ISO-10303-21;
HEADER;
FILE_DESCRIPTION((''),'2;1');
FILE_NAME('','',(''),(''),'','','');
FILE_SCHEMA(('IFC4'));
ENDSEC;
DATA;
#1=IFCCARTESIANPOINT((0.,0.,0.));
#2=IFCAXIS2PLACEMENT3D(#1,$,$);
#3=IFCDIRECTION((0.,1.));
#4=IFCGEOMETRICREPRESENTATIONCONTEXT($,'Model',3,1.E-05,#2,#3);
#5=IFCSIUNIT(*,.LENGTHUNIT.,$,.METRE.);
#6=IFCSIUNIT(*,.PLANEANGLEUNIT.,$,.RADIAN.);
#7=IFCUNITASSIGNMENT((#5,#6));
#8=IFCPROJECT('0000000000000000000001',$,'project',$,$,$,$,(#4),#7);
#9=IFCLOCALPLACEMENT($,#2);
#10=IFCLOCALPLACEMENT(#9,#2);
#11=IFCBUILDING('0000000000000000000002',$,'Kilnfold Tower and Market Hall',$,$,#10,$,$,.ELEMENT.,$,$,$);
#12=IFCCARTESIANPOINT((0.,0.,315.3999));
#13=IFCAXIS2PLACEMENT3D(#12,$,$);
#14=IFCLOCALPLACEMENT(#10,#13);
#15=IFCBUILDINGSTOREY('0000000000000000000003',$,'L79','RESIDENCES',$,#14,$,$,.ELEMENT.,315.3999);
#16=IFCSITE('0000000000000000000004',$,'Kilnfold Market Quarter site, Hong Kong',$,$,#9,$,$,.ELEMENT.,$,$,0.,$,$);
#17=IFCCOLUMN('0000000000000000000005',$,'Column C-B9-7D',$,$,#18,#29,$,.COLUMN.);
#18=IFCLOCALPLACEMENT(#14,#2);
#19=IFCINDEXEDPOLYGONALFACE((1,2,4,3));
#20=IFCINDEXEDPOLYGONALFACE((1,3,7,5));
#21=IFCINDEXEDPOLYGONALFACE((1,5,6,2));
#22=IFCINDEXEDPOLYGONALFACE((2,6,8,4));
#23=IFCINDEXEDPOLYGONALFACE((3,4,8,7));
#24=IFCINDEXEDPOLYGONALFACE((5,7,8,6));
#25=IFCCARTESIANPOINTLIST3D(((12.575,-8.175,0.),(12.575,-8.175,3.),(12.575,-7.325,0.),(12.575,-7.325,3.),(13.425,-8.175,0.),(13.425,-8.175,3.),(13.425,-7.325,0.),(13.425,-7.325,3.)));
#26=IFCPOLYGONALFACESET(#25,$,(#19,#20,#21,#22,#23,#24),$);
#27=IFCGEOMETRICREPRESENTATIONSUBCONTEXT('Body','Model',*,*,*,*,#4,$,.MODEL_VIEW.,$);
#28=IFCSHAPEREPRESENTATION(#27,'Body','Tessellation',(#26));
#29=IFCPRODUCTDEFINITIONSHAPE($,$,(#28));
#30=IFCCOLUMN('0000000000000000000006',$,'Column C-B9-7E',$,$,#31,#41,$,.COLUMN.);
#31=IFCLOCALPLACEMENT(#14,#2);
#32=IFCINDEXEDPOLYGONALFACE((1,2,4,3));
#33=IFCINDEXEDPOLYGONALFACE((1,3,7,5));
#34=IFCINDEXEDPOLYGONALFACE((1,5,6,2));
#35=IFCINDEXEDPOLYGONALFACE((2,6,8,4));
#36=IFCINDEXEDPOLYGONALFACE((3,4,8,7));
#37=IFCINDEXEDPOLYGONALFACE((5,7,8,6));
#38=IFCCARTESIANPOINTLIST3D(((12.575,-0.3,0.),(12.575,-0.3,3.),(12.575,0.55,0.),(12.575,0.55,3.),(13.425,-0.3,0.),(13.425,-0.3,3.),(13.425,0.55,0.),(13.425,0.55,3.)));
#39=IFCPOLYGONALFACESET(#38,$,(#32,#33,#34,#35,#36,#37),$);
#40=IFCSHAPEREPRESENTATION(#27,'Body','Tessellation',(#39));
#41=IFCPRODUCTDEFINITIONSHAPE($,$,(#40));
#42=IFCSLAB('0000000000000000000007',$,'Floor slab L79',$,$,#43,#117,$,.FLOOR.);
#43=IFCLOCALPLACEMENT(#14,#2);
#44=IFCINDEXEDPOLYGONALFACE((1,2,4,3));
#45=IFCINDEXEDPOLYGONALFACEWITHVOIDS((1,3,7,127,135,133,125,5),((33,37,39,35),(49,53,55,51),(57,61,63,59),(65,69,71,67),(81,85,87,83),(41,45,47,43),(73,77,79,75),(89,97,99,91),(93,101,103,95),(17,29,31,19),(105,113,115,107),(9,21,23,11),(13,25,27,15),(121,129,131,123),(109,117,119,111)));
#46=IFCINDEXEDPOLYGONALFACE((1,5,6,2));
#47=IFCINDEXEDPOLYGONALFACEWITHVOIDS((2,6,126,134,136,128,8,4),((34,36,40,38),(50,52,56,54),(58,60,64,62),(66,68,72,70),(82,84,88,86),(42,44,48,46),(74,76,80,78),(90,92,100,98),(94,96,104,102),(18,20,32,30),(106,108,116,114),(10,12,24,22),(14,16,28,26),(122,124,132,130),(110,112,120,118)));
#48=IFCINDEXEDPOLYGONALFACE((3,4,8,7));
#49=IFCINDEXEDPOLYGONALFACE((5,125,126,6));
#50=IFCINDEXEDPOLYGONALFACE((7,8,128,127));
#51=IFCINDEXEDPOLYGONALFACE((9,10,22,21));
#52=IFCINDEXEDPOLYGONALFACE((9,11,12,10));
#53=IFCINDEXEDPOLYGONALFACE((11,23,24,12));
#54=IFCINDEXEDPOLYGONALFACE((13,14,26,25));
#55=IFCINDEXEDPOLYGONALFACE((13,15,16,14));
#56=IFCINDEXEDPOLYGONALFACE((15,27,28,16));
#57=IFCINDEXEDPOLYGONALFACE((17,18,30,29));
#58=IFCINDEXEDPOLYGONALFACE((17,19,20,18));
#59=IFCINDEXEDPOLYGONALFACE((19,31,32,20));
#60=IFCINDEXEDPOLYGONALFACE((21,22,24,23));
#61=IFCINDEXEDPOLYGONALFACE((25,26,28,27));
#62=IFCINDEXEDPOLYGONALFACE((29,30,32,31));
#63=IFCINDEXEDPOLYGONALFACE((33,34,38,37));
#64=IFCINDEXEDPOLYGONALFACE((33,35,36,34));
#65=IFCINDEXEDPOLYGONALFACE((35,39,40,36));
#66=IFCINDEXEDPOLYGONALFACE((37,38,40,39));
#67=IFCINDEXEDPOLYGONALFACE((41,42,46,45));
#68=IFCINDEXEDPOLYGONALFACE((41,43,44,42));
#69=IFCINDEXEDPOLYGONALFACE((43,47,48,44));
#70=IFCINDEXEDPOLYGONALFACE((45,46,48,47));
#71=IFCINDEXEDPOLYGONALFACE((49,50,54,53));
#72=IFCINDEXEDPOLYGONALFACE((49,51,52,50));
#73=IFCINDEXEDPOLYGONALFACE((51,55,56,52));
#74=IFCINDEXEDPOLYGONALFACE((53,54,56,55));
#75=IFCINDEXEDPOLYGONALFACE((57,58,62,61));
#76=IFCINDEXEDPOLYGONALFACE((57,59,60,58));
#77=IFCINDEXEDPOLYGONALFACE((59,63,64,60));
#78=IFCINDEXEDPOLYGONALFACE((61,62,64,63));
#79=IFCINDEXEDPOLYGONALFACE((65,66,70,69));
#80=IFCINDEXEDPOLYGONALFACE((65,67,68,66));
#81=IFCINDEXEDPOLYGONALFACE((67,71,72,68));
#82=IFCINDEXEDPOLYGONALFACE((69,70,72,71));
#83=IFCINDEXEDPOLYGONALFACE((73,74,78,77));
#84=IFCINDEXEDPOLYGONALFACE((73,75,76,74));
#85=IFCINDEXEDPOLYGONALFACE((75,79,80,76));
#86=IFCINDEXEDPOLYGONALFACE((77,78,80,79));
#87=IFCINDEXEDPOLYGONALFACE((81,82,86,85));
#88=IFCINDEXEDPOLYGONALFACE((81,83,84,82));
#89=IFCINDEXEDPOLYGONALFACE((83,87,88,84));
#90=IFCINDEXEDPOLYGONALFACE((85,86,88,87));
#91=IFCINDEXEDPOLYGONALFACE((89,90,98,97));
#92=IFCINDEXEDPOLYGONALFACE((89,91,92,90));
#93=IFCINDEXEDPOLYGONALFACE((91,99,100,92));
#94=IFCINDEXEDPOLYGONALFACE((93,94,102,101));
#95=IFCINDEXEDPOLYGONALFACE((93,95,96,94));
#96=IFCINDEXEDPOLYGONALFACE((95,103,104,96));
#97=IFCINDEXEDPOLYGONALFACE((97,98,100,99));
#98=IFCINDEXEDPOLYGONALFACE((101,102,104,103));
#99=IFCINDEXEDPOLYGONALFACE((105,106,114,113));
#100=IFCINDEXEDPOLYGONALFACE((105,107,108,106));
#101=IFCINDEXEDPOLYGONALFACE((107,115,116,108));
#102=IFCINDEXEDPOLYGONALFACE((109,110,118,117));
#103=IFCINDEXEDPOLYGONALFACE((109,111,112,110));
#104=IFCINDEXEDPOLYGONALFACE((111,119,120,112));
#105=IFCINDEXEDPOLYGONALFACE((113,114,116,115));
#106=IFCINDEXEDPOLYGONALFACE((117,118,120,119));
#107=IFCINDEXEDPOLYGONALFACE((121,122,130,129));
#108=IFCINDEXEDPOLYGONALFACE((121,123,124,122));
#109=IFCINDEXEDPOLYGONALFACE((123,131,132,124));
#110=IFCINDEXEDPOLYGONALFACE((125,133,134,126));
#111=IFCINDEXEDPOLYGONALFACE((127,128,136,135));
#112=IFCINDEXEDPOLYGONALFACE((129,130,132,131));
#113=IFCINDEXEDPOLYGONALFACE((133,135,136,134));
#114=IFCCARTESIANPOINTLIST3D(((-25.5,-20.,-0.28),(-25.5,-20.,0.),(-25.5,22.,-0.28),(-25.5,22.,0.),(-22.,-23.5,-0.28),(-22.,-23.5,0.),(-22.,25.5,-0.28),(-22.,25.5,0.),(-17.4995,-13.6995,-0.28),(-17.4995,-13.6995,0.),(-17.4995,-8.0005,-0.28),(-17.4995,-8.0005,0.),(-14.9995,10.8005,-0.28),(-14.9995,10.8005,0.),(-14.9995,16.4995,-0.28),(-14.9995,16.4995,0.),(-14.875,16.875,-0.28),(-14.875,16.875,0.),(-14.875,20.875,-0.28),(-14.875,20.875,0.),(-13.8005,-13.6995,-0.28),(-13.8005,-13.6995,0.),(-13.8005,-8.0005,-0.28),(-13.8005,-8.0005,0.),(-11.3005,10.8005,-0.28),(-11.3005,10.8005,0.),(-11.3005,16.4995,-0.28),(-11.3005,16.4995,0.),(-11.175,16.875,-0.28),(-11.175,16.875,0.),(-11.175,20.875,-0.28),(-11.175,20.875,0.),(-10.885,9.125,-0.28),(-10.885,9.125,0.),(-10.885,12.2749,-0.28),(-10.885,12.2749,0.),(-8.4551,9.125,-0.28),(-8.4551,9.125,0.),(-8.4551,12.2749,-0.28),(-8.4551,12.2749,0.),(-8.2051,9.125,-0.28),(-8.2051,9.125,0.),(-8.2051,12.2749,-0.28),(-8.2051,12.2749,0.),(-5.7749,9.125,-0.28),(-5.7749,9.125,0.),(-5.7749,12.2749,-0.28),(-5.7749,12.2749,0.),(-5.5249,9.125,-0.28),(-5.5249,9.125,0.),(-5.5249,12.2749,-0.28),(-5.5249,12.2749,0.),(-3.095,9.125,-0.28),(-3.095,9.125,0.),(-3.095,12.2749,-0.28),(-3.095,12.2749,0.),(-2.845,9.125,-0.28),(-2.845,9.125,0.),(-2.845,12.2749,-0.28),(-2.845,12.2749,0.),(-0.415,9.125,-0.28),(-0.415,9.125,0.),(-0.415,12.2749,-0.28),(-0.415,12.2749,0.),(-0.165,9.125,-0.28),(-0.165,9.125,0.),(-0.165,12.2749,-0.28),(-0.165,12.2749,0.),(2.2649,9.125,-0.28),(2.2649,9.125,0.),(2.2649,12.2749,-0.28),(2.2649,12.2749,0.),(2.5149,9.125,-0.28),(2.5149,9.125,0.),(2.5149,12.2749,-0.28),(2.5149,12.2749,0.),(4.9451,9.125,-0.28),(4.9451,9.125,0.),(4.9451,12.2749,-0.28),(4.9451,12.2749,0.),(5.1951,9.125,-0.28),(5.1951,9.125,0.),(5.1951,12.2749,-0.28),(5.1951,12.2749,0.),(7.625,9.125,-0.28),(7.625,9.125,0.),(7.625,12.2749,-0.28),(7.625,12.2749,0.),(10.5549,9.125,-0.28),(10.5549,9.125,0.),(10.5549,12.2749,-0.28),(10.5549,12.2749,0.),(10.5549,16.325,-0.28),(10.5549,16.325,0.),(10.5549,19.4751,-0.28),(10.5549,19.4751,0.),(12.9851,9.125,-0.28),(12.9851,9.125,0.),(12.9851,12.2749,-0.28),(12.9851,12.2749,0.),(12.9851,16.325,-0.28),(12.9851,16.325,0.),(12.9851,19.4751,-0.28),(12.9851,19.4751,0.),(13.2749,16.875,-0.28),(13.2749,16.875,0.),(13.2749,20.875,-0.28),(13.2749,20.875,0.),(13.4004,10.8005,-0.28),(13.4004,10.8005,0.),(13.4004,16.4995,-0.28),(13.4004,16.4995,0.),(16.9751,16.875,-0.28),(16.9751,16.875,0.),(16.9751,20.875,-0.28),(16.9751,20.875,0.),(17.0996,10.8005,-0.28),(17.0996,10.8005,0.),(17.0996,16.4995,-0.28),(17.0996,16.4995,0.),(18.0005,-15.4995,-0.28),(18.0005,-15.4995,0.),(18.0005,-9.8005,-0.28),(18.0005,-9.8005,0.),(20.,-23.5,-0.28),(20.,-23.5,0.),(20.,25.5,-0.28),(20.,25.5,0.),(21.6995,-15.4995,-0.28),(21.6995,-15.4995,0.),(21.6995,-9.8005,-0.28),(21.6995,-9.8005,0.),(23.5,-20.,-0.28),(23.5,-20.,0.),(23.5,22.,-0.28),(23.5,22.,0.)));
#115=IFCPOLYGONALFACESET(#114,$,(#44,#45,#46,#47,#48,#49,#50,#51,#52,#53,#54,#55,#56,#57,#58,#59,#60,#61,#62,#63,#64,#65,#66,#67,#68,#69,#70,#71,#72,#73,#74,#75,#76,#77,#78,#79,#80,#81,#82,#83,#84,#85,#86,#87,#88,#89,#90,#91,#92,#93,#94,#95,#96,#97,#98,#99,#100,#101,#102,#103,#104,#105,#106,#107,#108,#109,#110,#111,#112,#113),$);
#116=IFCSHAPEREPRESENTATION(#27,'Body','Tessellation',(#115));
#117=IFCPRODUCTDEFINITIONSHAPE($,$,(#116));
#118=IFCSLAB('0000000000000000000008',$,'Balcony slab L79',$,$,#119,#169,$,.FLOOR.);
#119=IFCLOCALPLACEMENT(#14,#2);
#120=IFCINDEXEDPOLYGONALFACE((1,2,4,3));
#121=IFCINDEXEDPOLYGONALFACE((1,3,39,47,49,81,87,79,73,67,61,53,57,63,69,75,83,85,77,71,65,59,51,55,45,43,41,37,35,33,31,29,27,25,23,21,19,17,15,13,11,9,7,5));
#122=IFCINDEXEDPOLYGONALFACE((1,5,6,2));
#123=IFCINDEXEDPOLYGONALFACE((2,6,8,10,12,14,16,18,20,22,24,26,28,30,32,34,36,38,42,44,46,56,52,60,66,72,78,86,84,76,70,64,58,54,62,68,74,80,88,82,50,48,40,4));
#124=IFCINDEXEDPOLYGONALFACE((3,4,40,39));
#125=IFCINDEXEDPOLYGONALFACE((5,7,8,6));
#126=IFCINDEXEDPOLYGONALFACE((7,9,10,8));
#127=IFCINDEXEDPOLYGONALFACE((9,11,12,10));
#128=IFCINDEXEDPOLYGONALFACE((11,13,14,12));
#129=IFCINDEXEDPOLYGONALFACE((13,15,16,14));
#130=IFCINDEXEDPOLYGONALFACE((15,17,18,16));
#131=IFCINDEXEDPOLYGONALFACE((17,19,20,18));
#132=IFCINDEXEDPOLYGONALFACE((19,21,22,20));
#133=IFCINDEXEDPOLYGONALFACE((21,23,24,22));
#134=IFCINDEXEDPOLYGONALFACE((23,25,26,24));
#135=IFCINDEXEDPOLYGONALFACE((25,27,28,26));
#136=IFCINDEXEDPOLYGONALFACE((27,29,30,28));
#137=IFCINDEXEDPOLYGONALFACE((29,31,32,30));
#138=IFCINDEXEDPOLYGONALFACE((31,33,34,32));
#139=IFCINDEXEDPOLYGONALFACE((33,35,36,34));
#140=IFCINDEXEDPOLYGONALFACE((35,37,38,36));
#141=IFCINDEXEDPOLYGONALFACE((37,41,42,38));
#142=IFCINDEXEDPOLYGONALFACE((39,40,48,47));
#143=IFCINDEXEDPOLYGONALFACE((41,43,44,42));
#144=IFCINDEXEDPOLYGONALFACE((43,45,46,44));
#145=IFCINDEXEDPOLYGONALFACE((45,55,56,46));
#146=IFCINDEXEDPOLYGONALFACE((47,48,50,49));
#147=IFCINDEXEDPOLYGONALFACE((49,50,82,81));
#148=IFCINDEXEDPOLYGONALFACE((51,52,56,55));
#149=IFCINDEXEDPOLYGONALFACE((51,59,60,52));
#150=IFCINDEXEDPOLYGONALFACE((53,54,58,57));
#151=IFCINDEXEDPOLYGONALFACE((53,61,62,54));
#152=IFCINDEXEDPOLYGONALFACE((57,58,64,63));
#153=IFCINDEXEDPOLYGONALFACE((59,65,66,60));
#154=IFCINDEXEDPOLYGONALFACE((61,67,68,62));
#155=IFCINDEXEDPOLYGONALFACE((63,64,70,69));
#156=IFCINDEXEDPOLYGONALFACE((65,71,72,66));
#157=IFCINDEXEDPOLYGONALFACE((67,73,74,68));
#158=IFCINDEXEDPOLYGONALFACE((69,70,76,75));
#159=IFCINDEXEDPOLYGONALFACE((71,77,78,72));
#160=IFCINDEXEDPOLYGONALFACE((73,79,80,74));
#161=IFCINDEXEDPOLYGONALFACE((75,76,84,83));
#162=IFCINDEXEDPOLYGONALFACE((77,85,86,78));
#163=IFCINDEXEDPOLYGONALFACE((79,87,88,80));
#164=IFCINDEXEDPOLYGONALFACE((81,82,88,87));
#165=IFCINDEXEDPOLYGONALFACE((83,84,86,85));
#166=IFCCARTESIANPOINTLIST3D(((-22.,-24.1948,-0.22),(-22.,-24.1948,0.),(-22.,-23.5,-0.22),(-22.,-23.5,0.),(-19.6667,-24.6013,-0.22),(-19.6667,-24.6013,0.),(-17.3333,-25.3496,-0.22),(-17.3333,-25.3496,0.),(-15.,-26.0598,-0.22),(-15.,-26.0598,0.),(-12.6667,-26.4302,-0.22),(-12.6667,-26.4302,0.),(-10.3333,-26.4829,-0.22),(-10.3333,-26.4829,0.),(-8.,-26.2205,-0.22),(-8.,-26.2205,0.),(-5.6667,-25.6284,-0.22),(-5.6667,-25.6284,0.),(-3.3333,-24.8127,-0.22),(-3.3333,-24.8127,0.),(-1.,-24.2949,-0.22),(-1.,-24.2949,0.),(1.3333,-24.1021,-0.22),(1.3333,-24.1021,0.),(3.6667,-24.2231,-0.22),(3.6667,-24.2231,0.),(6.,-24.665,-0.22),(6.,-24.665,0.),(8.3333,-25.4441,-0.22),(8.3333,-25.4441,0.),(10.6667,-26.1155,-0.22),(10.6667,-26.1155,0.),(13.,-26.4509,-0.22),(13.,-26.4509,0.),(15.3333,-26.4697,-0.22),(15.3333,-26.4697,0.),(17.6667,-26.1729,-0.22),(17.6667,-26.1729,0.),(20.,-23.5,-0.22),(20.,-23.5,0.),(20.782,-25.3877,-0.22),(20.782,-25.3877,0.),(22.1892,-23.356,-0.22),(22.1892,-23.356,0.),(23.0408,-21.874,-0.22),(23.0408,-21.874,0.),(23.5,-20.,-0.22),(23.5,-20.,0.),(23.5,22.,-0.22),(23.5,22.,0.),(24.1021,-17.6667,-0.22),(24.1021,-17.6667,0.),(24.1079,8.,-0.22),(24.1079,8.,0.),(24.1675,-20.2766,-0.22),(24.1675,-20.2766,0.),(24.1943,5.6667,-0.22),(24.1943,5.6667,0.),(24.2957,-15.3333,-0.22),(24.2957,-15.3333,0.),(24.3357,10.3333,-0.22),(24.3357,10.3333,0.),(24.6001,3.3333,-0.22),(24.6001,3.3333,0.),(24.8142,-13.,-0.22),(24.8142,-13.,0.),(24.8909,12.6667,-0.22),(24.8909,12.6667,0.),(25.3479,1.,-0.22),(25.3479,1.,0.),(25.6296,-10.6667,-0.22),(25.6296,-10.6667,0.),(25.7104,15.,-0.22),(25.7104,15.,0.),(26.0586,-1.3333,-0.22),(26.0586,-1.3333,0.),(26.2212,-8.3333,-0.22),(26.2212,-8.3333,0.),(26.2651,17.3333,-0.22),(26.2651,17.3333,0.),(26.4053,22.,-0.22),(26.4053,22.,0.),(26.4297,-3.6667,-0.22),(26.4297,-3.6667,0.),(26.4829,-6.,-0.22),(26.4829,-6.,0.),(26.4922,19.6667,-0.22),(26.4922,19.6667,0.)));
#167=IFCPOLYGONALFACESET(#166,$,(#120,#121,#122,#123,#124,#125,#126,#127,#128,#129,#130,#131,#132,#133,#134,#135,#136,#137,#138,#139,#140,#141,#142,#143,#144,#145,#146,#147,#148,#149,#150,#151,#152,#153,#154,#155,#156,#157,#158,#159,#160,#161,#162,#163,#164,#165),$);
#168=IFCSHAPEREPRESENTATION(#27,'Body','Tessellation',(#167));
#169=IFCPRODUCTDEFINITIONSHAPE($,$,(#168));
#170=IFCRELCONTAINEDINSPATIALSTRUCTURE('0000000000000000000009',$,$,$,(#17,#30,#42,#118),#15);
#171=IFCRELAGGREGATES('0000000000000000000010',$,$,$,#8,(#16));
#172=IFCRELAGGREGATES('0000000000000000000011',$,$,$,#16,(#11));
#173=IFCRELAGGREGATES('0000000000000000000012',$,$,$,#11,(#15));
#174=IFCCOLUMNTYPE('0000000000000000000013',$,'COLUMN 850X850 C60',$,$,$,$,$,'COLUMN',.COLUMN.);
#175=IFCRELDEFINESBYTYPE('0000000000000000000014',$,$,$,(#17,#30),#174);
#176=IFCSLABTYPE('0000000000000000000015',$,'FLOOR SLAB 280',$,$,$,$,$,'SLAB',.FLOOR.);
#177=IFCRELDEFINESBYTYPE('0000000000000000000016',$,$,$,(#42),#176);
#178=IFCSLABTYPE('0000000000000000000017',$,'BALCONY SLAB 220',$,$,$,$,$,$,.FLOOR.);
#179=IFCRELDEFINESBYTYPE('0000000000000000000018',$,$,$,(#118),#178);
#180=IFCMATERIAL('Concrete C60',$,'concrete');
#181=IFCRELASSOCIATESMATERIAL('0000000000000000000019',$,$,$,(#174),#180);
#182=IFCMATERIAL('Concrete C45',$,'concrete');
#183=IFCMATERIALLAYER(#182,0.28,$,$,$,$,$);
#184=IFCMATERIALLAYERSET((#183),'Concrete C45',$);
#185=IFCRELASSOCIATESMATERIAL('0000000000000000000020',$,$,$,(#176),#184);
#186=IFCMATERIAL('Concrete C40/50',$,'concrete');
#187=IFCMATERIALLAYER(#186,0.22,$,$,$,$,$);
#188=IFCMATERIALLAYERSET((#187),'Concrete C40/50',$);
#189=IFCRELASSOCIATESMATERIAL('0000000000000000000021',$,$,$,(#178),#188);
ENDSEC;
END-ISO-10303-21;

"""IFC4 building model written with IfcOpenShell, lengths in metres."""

from ifc_helpers import new_model, si_unit, direction, frame, origin, origin_2d, place, context, subcontext, project, spatial, polyline, rectangle, outline, extrude, source, transform, mapped, material, layer, layer_set, material_profile, profile_set, type_object, element, save


model = new_model("IFC4")

# Units and contexts
model_context = context("Model", 3, precision=1e-05, world=origin(), true_north=direction((0.0, 1.0)))
body_context = subcontext(model_context, "Body", "Model", "MODEL_VIEW")
ifc_project = project(units=[si_unit("LENGTHUNIT", "METRE"), si_unit("PLANEANGLEUNIT", "RADIAN")], contexts=[model_context])

# Site, building, storey
site_placement = place(None, origin())
site = spatial("IfcSite", under=ifc_project, at=site_placement, Name="Kilnfold Market Quarter site, Hong Kong", CompositionType="ELEMENT", RefElevation=0.0)
building_placement = place(site_placement, origin())
building = spatial("IfcBuilding", under=site, at=building_placement, Name="Kilnfold Tower and Market Hall", CompositionType="ELEMENT")
storey_placement = place(building_placement, frame((0.0, 0.0, 315.3999)))
storey = spatial("IfcBuildingStorey", under=building, at=storey_placement, Name="L79", Description="RESIDENCES", CompositionType="ELEMENT", Elevation=315.3999)

# Columns
ifc_material_1 = material(Name="Concrete C60", Category="concrete")
ifc_material_profile = material_profile(ifc_material_1, rectangle(XDim=0.8501, YDim=0.8501, at=origin_2d()), Name="RC 850x850")
ifc_profile_set = profile_set([ifc_material_profile], Name="Concrete C60")
column_type = type_object("IfcColumnType", Name="COLUMN 850X850 C60", ElementType="COLUMN", PredefinedType="COLUMN", material=ifc_profile_set)
shared_shape_1 = source(origin(), body_context, "Body", "SweptSolid", [
    extrude(rectangle(XDim=0.8501, YDim=0.8501, at=origin_2d()), origin(), (0.0, 0.0, 1.0), 3.0),
])
for number, where, z_axis, x_axis, name in (
    (1, (13.0, -7.75, 0.0), (0.0, 0.0, 1.0), (1.0, 0.0, 0.0), "Column C-B9-7D"),
    (2, (13.0, 0.125, 0.0), (0.0, 0.0, 1.0), (1.0, 0.0, 0.0), "Column C-B9-7E"),
):
    element("IfcColumn", number, at=place(storey_placement, frame(where, z_axis=z_axis, x_axis=x_axis)), inside=storey, type_object=column_type, Name=name, PredefinedType="COLUMN", context=body_context, shape_type="MappedRepresentation", body=[
        mapped(shared_shape_1, transform((0.0, 0.0, 0.0))),
    ])

# Slabs
ifc_material_2 = material(Name="Concrete C45", Category="concrete")
ifc_layer_1 = layer(ifc_material_2, 0.28)
ifc_layer_set_1 = layer_set([ifc_layer_1], Name="Concrete C45")
slab_type_1 = type_object("IfcSlabType", Name="FLOOR SLAB 280", ElementType="SLAB", PredefinedType="FLOOR", material=ifc_layer_set_1)
shared_shape_2 = source(origin(), body_context, "Body", "SweptSolid", [
    extrude(outline(polyline([(-22.0, -23.5), (20.0, -23.5), (23.5, -20.0), (23.5, 22.0), (20.0, 25.5), (-22.0, 25.5), (-25.5, 22.0), (-25.5, -20.0), (-22.0, -23.5)]), holes=[polyline([(-13.8005, -8.0005), (-13.8005, -13.6995), (-17.4995, -13.6995), (-17.4995, -8.0005), (-13.8005, -8.0005)]), polyline([(-11.3005, 10.8005), (-14.9995, 10.8005), (-14.9995, 16.4995), (-11.3005, 16.4995), (-11.3005, 10.8005)]), polyline([(-11.175, 16.875), (-14.875, 16.875), (-14.875, 20.875), (-11.175, 20.875), (-11.175, 16.875)]), polyline([(-8.4551, 9.125), (-10.885, 9.125), (-10.885, 12.2749), (-8.4551, 12.2749), (-8.4551, 9.125)]), polyline([(-5.7749, 9.125), (-8.2051, 9.125), (-8.2051, 12.2749), (-5.7749, 12.2749), (-5.7749, 9.125)]), polyline([(-3.095, 9.125), (-5.5249, 9.125), (-5.5249, 12.2749), (-3.095, 12.2749), (-3.095, 9.125)]), polyline([(-0.415, 9.125), (-2.845, 9.125), (-2.845, 12.2749), (-0.415, 12.2749), (-0.415, 9.125)]), polyline([(2.2649, 9.125), (-0.165, 9.125), (-0.165, 12.2749), (2.2649, 12.2749), (2.2649, 9.125)]), polyline([(4.9451, 9.125), (2.5149, 9.125), (2.5149, 12.2749), (4.9451, 12.2749), (4.9451, 9.125)]), polyline([(7.625, 9.125), (5.1951, 9.125), (5.1951, 12.2749), (7.625, 12.2749), (7.625, 9.125)]), polyline([(12.9851, 9.125), (10.5549, 9.125), (10.5549, 12.2749), (12.9851, 12.2749), (12.9851, 9.125)]), polyline([(12.9851, 16.325), (10.5549, 16.325), (10.5549, 19.4751), (12.9851, 19.4751), (12.9851, 16.325)]), polyline([(16.9751, 16.875), (13.2749, 16.875), (13.2749, 20.875), (16.9751, 20.875), (16.9751, 16.875)]), polyline([(17.0996, 10.8005), (13.4004, 10.8005), (13.4004, 16.4995), (17.0996, 16.4995), (17.0996, 10.8005)]), polyline([(18.0005, -9.8005), (21.6995, -9.8005), (21.6995, -15.4995), (18.0005, -15.4995), (18.0005, -9.8005)])]), origin(), (0.0, 0.0, 1.0), 0.28),
])
slab_1_placement = place(storey_placement, frame((0.0, 0.0, -0.28)))
element("IfcSlab", 3, at=slab_1_placement, inside=storey, type_object=slab_type_1, Name="Floor slab L79", PredefinedType="FLOOR", context=body_context, shape_type="MappedRepresentation", body=[
    mapped(shared_shape_2, transform((0.0, 0.0, 0.0))),
])
ifc_material_3 = material(Name="Concrete C40/50", Category="concrete")
ifc_layer_2 = layer(ifc_material_3, 0.22)
ifc_layer_set_2 = layer_set([ifc_layer_2], Name="Concrete C40/50")
slab_type_2 = type_object("IfcSlabType", Name="BALCONY SLAB 220", PredefinedType="FLOOR", material=ifc_layer_set_2)
shared_shape_3 = source(origin(), body_context, "Body", "SweptSolid", [
    extrude(outline(polyline([(-22.0, -23.5), (20.0, -23.5), (23.5, -20.0), (23.5, 22.0), (26.4053, 22.0), (26.4922, 19.6667), (26.2651, 17.3333), (25.7104, 15.0), (24.8909, 12.6667), (24.3357, 10.3333), (24.1079, 8.0), (24.1943, 5.6667), (24.6001, 3.3333), (25.3479, 1.0), (26.0586, -1.3333), (26.4297, -3.6667), (26.4829, -6.0), (26.2212, -8.3333), (25.6296, -10.6667), (24.8142, -13.0), (24.2957, -15.3333), (24.1021, -17.6667), (24.1675, -20.2766), (23.0408, -21.874), (22.1892, -23.356), (20.782, -25.3877), (17.6667, -26.1729), (15.3333, -26.4697), (13.0, -26.4509), (10.6667, -26.1155), (8.3333, -25.4441), (6.0, -24.665), (3.6667, -24.2231), (1.3333, -24.1021), (-1.0, -24.2949), (-3.3333, -24.8127), (-5.6667, -25.6284), (-8.0, -26.2205), (-10.3333, -26.4829), (-12.6667, -26.4302), (-15.0, -26.0598), (-17.3333, -25.3496), (-19.6667, -24.6013), (-22.0, -24.1948), (-22.0, -23.5)])), origin(), (0.0, 0.0, 1.0), 0.22),
])
slab_2_placement = place(storey_placement, frame((0.0, 0.0, -0.22)))
element("IfcSlab", 4, at=slab_2_placement, inside=storey, type_object=slab_type_2, Name="Balcony slab L79", PredefinedType="FLOOR", context=body_context, shape_type="MappedRepresentation", body=[
    mapped(shared_shape_3, transform((0.0, 0.0, 0.0))),
])

save(model, "model.ifc")
